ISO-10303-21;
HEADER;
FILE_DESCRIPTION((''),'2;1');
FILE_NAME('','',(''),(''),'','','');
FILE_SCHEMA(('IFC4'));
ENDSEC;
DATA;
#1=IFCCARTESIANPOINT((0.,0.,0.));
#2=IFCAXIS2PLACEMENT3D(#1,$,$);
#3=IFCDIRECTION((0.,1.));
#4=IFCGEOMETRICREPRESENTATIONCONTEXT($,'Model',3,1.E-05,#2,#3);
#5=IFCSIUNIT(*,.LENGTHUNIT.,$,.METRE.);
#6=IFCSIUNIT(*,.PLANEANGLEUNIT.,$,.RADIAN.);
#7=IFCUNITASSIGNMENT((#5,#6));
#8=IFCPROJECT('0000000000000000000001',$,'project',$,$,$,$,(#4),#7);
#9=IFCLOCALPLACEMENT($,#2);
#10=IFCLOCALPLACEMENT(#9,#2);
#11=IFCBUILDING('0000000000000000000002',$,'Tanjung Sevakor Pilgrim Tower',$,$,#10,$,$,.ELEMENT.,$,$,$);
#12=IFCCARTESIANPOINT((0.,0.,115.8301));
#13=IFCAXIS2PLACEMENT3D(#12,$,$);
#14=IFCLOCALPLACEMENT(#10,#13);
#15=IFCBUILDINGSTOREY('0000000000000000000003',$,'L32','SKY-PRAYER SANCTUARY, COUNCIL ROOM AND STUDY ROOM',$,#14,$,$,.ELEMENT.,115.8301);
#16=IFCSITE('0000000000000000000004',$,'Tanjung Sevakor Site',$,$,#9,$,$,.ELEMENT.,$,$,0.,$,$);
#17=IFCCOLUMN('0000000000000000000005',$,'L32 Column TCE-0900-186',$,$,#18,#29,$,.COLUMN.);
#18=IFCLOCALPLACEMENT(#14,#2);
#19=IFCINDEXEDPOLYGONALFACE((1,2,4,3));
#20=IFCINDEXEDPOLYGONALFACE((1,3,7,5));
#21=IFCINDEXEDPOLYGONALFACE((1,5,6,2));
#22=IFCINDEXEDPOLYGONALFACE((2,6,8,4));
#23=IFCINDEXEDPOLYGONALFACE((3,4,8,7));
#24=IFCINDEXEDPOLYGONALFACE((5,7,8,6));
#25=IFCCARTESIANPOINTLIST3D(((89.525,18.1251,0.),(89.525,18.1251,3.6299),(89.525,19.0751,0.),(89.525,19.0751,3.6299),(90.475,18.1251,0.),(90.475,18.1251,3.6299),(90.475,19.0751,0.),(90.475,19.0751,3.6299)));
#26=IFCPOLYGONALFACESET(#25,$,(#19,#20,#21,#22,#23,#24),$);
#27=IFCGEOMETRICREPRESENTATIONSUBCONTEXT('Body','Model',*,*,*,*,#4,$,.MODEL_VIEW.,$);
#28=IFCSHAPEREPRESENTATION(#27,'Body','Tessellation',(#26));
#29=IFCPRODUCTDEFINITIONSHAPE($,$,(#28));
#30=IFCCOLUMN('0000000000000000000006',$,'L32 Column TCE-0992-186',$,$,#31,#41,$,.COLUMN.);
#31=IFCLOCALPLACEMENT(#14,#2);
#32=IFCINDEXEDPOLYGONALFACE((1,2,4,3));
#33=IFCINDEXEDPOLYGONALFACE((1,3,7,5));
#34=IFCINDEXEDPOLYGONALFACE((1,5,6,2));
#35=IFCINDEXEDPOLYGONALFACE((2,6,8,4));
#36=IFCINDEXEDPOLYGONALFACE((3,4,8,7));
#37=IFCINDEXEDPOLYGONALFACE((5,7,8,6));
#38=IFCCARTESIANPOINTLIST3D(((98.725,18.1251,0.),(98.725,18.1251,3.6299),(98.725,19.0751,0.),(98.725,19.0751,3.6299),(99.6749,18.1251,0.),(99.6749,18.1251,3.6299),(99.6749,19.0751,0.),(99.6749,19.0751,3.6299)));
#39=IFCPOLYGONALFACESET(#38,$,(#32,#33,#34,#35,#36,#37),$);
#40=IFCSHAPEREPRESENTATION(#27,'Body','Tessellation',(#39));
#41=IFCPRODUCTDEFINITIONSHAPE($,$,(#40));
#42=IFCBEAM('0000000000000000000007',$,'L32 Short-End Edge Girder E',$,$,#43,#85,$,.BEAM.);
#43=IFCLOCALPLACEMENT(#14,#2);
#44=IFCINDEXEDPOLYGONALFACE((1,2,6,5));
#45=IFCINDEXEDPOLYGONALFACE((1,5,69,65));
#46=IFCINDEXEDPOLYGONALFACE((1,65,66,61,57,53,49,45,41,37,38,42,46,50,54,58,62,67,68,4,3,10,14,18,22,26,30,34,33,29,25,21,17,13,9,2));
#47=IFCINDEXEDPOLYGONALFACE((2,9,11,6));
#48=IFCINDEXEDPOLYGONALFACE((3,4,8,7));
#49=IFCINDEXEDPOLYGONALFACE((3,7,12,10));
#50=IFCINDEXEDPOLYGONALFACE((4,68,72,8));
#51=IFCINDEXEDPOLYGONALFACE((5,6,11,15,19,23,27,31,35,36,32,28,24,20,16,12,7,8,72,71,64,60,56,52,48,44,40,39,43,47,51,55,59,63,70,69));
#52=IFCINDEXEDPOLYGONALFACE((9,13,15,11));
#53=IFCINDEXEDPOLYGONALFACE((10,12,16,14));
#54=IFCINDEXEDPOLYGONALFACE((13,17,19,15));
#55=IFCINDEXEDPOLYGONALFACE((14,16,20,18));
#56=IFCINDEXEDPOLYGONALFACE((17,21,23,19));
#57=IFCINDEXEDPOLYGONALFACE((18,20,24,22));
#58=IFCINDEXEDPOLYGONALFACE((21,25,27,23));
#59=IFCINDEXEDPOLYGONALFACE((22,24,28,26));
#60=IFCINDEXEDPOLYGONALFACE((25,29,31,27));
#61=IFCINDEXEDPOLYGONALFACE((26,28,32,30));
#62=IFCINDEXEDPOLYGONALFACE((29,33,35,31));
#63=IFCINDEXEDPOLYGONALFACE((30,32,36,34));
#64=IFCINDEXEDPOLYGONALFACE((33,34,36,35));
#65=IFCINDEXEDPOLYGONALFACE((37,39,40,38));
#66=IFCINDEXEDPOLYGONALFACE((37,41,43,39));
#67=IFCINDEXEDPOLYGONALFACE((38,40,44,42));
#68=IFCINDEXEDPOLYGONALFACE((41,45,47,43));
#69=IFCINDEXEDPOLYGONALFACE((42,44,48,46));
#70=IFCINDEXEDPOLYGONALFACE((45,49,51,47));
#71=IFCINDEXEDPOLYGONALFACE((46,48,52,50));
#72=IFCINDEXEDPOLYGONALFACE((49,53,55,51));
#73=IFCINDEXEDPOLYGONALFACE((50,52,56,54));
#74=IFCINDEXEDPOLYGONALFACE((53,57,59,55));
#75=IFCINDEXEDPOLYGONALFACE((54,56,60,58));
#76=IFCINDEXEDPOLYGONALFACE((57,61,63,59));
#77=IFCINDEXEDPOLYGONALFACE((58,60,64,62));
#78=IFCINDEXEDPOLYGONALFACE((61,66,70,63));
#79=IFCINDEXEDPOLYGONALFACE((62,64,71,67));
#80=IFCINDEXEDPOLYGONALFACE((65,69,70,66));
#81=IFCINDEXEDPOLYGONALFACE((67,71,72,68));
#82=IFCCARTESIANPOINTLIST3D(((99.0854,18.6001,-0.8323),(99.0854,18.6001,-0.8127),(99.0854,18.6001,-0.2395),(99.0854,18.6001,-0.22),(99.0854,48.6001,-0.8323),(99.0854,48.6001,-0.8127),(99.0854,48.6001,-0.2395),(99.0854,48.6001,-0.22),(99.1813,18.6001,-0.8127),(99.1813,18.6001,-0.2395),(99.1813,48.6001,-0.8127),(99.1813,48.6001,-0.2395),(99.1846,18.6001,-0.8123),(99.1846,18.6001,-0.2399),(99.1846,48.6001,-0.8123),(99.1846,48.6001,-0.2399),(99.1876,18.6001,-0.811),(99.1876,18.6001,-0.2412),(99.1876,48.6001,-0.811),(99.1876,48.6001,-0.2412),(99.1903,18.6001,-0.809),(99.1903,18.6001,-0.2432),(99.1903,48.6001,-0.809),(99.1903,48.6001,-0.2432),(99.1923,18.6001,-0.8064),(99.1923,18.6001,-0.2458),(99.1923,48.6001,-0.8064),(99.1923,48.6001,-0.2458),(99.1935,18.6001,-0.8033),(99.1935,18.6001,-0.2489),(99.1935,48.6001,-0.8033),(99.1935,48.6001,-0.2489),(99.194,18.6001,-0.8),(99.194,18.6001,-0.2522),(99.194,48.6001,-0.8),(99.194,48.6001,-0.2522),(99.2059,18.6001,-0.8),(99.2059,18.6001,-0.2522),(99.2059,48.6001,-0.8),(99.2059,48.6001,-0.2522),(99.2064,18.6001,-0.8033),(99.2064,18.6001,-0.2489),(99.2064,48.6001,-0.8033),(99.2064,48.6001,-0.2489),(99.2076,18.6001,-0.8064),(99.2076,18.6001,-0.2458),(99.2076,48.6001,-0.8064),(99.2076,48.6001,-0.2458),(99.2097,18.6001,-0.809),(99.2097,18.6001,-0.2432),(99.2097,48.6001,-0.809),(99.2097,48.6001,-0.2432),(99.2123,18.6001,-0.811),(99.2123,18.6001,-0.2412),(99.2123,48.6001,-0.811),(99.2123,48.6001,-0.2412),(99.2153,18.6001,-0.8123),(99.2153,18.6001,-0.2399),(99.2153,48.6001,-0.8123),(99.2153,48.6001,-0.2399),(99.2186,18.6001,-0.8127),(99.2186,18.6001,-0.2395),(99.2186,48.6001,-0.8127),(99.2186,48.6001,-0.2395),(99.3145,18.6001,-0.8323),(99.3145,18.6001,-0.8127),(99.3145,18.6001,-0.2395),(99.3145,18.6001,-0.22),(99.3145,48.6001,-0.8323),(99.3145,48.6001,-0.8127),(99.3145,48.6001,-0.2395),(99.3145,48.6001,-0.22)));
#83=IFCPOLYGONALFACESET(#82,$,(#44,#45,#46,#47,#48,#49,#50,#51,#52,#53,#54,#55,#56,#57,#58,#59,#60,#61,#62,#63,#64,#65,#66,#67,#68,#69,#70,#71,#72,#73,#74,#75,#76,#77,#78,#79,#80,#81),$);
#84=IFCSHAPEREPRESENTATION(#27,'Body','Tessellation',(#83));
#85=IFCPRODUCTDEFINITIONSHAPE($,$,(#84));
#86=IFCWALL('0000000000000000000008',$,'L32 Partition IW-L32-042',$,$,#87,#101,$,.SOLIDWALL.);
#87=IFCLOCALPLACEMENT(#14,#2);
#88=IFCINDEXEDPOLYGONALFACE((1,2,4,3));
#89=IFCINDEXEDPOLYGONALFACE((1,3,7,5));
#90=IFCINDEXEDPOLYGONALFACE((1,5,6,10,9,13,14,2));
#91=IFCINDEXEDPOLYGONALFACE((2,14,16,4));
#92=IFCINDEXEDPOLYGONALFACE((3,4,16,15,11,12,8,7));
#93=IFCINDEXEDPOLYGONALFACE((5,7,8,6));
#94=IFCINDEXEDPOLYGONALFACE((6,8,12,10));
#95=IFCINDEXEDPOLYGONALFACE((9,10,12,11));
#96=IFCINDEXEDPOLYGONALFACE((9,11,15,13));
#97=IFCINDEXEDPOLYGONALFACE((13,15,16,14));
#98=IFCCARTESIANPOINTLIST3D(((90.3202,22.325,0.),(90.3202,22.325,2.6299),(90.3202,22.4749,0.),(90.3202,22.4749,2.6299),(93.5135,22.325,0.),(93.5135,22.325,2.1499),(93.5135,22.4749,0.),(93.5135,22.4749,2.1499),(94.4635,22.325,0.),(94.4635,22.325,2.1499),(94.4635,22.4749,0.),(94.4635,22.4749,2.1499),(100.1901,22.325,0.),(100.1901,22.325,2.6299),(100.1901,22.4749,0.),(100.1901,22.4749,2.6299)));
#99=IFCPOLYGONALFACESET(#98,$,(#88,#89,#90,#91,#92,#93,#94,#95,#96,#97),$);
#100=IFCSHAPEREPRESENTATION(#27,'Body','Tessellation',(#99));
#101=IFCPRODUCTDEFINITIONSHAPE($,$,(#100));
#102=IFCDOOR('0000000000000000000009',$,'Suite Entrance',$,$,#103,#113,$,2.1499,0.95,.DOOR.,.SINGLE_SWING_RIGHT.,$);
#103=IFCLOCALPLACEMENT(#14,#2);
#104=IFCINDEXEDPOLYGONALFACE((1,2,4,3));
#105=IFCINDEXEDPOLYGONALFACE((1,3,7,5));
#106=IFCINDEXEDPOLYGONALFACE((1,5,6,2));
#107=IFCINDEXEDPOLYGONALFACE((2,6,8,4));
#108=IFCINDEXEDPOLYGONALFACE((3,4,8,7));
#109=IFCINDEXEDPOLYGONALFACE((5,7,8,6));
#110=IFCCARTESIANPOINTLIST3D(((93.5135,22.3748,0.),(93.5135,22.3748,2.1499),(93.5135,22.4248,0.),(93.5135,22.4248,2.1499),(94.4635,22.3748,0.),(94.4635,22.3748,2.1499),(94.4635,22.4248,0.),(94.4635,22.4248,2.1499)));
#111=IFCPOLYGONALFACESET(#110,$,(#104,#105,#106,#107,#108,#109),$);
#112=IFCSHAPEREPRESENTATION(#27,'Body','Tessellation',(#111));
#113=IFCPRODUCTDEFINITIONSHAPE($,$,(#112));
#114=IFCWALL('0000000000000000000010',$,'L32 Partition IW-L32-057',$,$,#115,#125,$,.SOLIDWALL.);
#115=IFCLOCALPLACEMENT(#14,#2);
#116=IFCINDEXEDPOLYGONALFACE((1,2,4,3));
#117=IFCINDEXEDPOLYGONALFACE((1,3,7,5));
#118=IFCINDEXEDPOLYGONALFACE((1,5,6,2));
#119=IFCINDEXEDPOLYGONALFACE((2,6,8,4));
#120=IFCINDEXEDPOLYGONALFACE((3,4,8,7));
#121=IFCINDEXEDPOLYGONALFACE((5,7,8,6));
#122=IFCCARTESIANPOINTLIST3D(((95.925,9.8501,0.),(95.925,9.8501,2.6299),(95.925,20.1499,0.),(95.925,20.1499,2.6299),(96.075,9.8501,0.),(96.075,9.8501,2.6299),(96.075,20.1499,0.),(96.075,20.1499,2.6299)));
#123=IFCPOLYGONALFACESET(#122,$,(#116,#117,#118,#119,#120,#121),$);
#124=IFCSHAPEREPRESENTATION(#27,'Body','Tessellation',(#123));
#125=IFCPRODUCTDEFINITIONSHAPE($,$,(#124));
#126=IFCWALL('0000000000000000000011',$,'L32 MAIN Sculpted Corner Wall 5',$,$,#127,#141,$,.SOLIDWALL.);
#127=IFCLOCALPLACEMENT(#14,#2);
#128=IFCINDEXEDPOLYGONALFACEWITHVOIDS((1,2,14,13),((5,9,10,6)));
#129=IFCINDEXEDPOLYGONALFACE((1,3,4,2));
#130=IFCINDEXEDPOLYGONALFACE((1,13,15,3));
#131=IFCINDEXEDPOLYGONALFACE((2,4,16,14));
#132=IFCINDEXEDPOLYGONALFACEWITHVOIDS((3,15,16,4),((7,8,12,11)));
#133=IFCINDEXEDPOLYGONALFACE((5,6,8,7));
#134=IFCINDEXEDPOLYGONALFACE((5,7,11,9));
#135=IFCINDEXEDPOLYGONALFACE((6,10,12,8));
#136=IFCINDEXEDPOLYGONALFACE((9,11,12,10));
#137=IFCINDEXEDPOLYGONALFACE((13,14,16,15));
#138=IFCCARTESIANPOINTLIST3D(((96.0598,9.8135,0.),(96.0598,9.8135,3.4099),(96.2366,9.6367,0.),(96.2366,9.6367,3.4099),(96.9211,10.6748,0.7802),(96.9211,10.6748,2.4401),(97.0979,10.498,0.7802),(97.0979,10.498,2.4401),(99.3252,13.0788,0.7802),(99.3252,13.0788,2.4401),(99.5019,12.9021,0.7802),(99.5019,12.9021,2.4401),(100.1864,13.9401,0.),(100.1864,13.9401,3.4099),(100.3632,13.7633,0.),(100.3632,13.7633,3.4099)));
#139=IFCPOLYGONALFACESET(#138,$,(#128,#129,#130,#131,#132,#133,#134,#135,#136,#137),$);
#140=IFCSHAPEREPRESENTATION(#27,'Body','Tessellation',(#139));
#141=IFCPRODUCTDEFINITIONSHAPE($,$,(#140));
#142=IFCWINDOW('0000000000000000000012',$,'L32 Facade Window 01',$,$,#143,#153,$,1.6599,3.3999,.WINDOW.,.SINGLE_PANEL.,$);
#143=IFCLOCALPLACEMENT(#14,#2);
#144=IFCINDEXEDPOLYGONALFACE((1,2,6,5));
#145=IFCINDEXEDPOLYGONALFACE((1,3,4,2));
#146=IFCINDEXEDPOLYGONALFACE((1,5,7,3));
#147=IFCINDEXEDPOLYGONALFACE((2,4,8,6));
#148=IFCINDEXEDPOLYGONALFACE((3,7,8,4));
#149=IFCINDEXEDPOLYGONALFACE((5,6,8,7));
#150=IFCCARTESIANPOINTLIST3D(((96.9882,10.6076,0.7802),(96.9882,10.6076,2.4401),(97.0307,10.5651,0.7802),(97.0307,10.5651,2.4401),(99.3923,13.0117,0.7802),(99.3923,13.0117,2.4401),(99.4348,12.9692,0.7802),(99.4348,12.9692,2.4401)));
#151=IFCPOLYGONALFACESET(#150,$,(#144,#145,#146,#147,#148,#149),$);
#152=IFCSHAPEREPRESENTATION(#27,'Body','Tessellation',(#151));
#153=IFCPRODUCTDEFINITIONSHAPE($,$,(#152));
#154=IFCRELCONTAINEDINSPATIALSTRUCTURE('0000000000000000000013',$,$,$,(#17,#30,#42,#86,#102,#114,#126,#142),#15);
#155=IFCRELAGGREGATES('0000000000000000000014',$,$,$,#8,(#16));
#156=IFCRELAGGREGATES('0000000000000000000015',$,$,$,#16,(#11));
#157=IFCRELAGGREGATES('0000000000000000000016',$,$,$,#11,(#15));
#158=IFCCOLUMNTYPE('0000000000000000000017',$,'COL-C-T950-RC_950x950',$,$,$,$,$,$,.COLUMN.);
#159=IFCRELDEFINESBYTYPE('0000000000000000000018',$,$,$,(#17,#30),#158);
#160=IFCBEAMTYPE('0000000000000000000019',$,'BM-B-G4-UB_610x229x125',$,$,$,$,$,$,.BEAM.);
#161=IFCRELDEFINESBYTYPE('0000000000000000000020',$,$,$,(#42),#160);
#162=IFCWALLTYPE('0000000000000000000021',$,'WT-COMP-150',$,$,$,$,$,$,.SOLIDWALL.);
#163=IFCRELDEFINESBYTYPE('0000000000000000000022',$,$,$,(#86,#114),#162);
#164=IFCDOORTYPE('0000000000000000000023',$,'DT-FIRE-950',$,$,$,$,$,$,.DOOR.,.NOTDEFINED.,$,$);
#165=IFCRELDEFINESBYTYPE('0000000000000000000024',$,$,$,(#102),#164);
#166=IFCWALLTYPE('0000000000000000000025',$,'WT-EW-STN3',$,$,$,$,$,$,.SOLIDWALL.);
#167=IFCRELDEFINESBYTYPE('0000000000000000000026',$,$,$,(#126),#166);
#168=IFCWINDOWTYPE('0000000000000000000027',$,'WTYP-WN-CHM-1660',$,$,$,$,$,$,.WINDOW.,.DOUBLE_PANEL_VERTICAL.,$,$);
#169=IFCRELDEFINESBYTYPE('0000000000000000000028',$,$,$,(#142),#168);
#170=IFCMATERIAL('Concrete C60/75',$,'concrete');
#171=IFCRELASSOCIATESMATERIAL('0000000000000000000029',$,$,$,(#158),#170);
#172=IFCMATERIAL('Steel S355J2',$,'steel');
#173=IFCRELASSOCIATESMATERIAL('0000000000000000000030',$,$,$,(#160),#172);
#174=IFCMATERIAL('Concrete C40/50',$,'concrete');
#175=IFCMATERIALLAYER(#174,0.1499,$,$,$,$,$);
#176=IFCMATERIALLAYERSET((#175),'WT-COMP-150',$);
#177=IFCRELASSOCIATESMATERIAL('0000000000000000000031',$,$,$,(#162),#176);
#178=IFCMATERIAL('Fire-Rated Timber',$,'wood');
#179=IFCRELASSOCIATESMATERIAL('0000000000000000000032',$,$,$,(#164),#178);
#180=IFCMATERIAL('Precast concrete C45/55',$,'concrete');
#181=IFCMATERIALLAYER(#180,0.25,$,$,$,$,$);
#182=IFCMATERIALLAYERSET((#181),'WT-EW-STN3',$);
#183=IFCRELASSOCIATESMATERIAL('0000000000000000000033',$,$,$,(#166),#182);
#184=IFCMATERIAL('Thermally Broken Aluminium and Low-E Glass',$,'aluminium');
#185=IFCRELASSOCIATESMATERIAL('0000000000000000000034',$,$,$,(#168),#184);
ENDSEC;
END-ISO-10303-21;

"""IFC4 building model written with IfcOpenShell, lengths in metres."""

from ifc_helpers import new_model, si_unit, direction, frame, frame_2d, origin, origin_2d, place, context, subcontext, project, spatial, rectangle, i_section, extrude, material, layer, layer_set, material_profile, profile_set, type_object, element, fill, save


model = new_model("IFC4")

# Units and contexts
model_context = context("Model", 3, precision=1e-05, world=origin(), true_north=direction((0.0, 1.0)))
body_context = subcontext(model_context, "Body", "Model", "MODEL_VIEW")
ifc_project = project(units=[si_unit("LENGTHUNIT", "METRE"), si_unit("PLANEANGLEUNIT", "RADIAN")], contexts=[model_context])

# Site, building, storey
site_placement = place(None, origin())
site = spatial("IfcSite", under=ifc_project, at=site_placement, Name="Tanjung Sevakor Site", CompositionType="ELEMENT", RefElevation=0.0)
building_placement = place(site_placement, origin())
building = spatial("IfcBuilding", under=site, at=building_placement, Name="Tanjung Sevakor Pilgrim Tower", CompositionType="ELEMENT")
storey_placement = place(building_placement, frame((0.0, 0.0, 115.8301)))
storey = spatial("IfcBuildingStorey", under=building, at=storey_placement, Name="L32", Description="SKY-PRAYER SANCTUARY, COUNCIL ROOM AND STUDY ROOM", CompositionType="ELEMENT", Elevation=115.8301)

# Columns
ifc_material_1 = material(Name="Concrete C60/75", Category="concrete")
ifc_material_profile_1 = material_profile(ifc_material_1, rectangle(XDim=0.95, YDim=0.95, at=origin_2d()))
ifc_profile_set_1 = profile_set([ifc_material_profile_1], Name="Concrete C60/75")
column_type = type_object("IfcColumnType", Name="COL-C-T950-RC_950x950", PredefinedType="COLUMN", material=ifc_profile_set_1)
for number, where, z_axis, x_axis, name in (
    (1, (90.0, 18.6001, 0.0), (0.0, 0.0, 1.0), (1.0, 0.0, 0.0), "L32 Column TCE-0900-186"),
    (2, (99.2, 18.6001, 0.0), (0.0, 0.0, 1.0), (1.0, 0.0, 0.0), "L32 Column TCE-0992-186"),
):
    element("IfcColumn", number, at=place(storey_placement, frame(where, z_axis=z_axis, x_axis=x_axis)), inside=storey, type_object=column_type, Name=name, PredefinedType="COLUMN", context=body_context, shape_type="SweptSolid", body=[
        extrude(rectangle(XDim=0.95, YDim=0.95, at=origin_2d()), origin(), (0.0, 0.0, 1.0), 3.6299),
    ])

# Beam
ifc_material_2 = material(Name="Steel S355J2", Category="steel")
ifc_material_profile_2 = material_profile(ifc_material_2, i_section(OverallWidth=0.229, OverallDepth=0.6123, WebThickness=0.012, FlangeThickness=0.0195, FilletRadius=0.0127, at=origin_2d()))
ifc_profile_set_2 = profile_set([ifc_material_profile_2], Name="Steel S355J2")
beam_type = type_object("IfcBeamType", Name="BM-B-G4-UB_610x229x125", PredefinedType="BEAM", material=ifc_profile_set_2)
beam_placement = place(storey_placement, frame((99.2, 18.6001, -0.5261), z_axis=(0.0, 1.0, 0.0), x_axis=(-1.0, 0.0, 0.0)))
element("IfcBeam", 3, at=beam_placement, inside=storey, type_object=beam_type, Name="L32 Short-End Edge Girder E", PredefinedType="BEAM", context=body_context, shape_type="SweptSolid", body=[
    extrude(i_section(OverallWidth=0.229, OverallDepth=0.6123, WebThickness=0.012, FlangeThickness=0.0195, FilletRadius=0.0127, at=origin_2d()), origin(), (0.0, 0.0, 1.0), 30.0),
])

# Wall, opening, door
ifc_material_3 = material(Name="Concrete C40/50", Category="concrete")
ifc_layer_1 = layer(ifc_material_3, 0.1499)
ifc_layer_set_1 = layer_set([ifc_layer_1], Name="WT-COMP-150")
wall_type_1 = type_object("IfcWallType", Name="WT-COMP-150", PredefinedType="SOLIDWALL", material=ifc_layer_set_1)
wall_1_placement = place(storey_placement, frame((90.3201, 22.3999, 0.0), z_axis=(0.0, 0.0, 1.0), x_axis=(1.0, 0.0, 0.0)))
wall_1 = element("IfcWall", 4, at=wall_1_placement, inside=storey, type_object=wall_type_1, Name="L32 Partition IW-L32-042", PredefinedType="SOLIDWALL", context=body_context, shape_type="SweptSolid", body=[
    extrude(rectangle(XDim=9.8699, YDim=0.1499, at=frame_2d((4.9351, 0.0))), origin(), (0.0, 0.0, 1.0), 2.6299),
])
opening_1_placement = place(wall_1_placement, frame((3.1934, 0.0, 0.0)))
opening_1 = element("IfcOpeningElement", 5, at=opening_1_placement, cuts=wall_1, PredefinedType="OPENING", context=body_context, shape_type="SweptSolid", body=[
    extrude(rectangle(XDim=0.95, YDim=2.1499, at=frame_2d((0.4751, 1.075))), frame((0.0, 0.085, 0.0), z_axis=(0.0, -1.0, 0.0), x_axis=(1.0, 0.0, 0.0)), (0.0, 0.0, 1.0), 0.1699),
])
ifc_material_4 = material(Name="Fire-Rated Timber", Category="wood")
door_type_1 = type_object("IfcDoorType", Name="DT-FIRE-950", OperationType="NOTDEFINED", PredefinedType="DOOR", material=ifc_material_4)
door_1_placement = place(opening_1_placement, origin())
door_1 = element("IfcDoor", 6, at=door_1_placement, inside=storey, type_object=door_type_1, Name="Suite Entrance", OperationType="SINGLE_SWING_RIGHT", OverallHeight=2.1499, OverallWidth=0.95, PredefinedType="DOOR", context=body_context, shape_type="SweptSolid", body=[
    extrude(rectangle(XDim=0.95, YDim=2.1499, at=frame_2d((0.4751, 1.075))), frame((0.0, 0.0249, 0.0), z_axis=(0.0, -1.0, 0.0), x_axis=(1.0, 0.0, 0.0)), (0.0, 0.0, 1.0), 0.05),
])
fill(opening_1, door_1)

# Wall
wall_2_placement = place(storey_placement, frame((96.0, 9.8501, 0.0), z_axis=(0.0, 0.0, 1.0), x_axis=(0.0, 1.0, 0.0)))
element("IfcWall", 7, at=wall_2_placement, inside=storey, type_object=wall_type_1, Name="L32 Partition IW-L32-057", PredefinedType="SOLIDWALL", context=body_context, shape_type="SweptSolid", body=[
    extrude(rectangle(XDim=10.2998, YDim=0.1499, at=frame_2d((5.1499, 0.0))), origin(), (0.0, 0.0, 1.0), 2.6299),
])

# Wall, opening, window
ifc_material_5 = material(Name="Precast concrete C45/55", Category="concrete")
ifc_layer_2 = layer(ifc_material_5, 0.25)
ifc_layer_set_2 = layer_set([ifc_layer_2], Name="WT-EW-STN3")
wall_type_2 = type_object("IfcWallType", Name="WT-EW-STN3", PredefinedType="SOLIDWALL", material=ifc_layer_set_2)
wall_3_placement = place(storey_placement, frame((96.1482, 9.7251, 0.0), z_axis=(0.0, 0.0, 1.0), x_axis=(0.707107, 0.707107, 0.0)))
wall_3 = element("IfcWall", 8, at=wall_3_placement, inside=storey, type_object=wall_type_2, Name="L32 MAIN Sculpted Corner Wall 5", PredefinedType="SOLIDWALL", context=body_context, shape_type="SweptSolid", body=[
    extrude(rectangle(XDim=5.8359, YDim=0.25, at=frame_2d((2.918, 0.0))), origin(), (0.0, 0.0, 1.0), 3.4099),
])
opening_2_placement = place(wall_3_placement, frame((1.218, 0.0, 0.78)))
opening_2 = element("IfcOpeningElement", 9, at=opening_2_placement, cuts=wall_3, PredefinedType="OPENING", context=body_context, shape_type="SweptSolid", body=[
    extrude(rectangle(XDim=3.3999, YDim=1.6599, at=frame_2d((1.7, 0.8301))), frame((0.0, 0.135, 0.0), z_axis=(0.0, -1.0, 0.0), x_axis=(1.0, 0.0, 0.0)), (0.0, 0.0, 1.0), 0.27),
])
ifc_material_6 = material(Name="Thermally Broken Aluminium and Low-E Glass", Category="aluminium")
window_type_1 = type_object("IfcWindowType", Name="WTYP-WN-CHM-1660", PartitioningType="DOUBLE_PANEL_VERTICAL", PredefinedType="WINDOW", material=ifc_material_6)
window_1_placement = place(opening_2_placement, origin())
window_1 = element("IfcWindow", 10, at=window_1_placement, inside=storey, type_object=window_type_1, Name="L32 Facade Window 01", OverallHeight=1.6599, OverallWidth=3.3999, PartitioningType="SINGLE_PANEL", PredefinedType="WINDOW", context=body_context, shape_type="SweptSolid", body=[
    extrude(rectangle(XDim=3.3999, YDim=1.6599, at=frame_2d((1.7, 0.8301))), frame((0.0, 0.03, 0.0), z_axis=(0.0, -1.0, 0.0), x_axis=(1.0, 0.0, 0.0)), (0.0, 0.0, 1.0), 0.0601),
])
fill(opening_2, window_1)

save(model, "model.ifc")
